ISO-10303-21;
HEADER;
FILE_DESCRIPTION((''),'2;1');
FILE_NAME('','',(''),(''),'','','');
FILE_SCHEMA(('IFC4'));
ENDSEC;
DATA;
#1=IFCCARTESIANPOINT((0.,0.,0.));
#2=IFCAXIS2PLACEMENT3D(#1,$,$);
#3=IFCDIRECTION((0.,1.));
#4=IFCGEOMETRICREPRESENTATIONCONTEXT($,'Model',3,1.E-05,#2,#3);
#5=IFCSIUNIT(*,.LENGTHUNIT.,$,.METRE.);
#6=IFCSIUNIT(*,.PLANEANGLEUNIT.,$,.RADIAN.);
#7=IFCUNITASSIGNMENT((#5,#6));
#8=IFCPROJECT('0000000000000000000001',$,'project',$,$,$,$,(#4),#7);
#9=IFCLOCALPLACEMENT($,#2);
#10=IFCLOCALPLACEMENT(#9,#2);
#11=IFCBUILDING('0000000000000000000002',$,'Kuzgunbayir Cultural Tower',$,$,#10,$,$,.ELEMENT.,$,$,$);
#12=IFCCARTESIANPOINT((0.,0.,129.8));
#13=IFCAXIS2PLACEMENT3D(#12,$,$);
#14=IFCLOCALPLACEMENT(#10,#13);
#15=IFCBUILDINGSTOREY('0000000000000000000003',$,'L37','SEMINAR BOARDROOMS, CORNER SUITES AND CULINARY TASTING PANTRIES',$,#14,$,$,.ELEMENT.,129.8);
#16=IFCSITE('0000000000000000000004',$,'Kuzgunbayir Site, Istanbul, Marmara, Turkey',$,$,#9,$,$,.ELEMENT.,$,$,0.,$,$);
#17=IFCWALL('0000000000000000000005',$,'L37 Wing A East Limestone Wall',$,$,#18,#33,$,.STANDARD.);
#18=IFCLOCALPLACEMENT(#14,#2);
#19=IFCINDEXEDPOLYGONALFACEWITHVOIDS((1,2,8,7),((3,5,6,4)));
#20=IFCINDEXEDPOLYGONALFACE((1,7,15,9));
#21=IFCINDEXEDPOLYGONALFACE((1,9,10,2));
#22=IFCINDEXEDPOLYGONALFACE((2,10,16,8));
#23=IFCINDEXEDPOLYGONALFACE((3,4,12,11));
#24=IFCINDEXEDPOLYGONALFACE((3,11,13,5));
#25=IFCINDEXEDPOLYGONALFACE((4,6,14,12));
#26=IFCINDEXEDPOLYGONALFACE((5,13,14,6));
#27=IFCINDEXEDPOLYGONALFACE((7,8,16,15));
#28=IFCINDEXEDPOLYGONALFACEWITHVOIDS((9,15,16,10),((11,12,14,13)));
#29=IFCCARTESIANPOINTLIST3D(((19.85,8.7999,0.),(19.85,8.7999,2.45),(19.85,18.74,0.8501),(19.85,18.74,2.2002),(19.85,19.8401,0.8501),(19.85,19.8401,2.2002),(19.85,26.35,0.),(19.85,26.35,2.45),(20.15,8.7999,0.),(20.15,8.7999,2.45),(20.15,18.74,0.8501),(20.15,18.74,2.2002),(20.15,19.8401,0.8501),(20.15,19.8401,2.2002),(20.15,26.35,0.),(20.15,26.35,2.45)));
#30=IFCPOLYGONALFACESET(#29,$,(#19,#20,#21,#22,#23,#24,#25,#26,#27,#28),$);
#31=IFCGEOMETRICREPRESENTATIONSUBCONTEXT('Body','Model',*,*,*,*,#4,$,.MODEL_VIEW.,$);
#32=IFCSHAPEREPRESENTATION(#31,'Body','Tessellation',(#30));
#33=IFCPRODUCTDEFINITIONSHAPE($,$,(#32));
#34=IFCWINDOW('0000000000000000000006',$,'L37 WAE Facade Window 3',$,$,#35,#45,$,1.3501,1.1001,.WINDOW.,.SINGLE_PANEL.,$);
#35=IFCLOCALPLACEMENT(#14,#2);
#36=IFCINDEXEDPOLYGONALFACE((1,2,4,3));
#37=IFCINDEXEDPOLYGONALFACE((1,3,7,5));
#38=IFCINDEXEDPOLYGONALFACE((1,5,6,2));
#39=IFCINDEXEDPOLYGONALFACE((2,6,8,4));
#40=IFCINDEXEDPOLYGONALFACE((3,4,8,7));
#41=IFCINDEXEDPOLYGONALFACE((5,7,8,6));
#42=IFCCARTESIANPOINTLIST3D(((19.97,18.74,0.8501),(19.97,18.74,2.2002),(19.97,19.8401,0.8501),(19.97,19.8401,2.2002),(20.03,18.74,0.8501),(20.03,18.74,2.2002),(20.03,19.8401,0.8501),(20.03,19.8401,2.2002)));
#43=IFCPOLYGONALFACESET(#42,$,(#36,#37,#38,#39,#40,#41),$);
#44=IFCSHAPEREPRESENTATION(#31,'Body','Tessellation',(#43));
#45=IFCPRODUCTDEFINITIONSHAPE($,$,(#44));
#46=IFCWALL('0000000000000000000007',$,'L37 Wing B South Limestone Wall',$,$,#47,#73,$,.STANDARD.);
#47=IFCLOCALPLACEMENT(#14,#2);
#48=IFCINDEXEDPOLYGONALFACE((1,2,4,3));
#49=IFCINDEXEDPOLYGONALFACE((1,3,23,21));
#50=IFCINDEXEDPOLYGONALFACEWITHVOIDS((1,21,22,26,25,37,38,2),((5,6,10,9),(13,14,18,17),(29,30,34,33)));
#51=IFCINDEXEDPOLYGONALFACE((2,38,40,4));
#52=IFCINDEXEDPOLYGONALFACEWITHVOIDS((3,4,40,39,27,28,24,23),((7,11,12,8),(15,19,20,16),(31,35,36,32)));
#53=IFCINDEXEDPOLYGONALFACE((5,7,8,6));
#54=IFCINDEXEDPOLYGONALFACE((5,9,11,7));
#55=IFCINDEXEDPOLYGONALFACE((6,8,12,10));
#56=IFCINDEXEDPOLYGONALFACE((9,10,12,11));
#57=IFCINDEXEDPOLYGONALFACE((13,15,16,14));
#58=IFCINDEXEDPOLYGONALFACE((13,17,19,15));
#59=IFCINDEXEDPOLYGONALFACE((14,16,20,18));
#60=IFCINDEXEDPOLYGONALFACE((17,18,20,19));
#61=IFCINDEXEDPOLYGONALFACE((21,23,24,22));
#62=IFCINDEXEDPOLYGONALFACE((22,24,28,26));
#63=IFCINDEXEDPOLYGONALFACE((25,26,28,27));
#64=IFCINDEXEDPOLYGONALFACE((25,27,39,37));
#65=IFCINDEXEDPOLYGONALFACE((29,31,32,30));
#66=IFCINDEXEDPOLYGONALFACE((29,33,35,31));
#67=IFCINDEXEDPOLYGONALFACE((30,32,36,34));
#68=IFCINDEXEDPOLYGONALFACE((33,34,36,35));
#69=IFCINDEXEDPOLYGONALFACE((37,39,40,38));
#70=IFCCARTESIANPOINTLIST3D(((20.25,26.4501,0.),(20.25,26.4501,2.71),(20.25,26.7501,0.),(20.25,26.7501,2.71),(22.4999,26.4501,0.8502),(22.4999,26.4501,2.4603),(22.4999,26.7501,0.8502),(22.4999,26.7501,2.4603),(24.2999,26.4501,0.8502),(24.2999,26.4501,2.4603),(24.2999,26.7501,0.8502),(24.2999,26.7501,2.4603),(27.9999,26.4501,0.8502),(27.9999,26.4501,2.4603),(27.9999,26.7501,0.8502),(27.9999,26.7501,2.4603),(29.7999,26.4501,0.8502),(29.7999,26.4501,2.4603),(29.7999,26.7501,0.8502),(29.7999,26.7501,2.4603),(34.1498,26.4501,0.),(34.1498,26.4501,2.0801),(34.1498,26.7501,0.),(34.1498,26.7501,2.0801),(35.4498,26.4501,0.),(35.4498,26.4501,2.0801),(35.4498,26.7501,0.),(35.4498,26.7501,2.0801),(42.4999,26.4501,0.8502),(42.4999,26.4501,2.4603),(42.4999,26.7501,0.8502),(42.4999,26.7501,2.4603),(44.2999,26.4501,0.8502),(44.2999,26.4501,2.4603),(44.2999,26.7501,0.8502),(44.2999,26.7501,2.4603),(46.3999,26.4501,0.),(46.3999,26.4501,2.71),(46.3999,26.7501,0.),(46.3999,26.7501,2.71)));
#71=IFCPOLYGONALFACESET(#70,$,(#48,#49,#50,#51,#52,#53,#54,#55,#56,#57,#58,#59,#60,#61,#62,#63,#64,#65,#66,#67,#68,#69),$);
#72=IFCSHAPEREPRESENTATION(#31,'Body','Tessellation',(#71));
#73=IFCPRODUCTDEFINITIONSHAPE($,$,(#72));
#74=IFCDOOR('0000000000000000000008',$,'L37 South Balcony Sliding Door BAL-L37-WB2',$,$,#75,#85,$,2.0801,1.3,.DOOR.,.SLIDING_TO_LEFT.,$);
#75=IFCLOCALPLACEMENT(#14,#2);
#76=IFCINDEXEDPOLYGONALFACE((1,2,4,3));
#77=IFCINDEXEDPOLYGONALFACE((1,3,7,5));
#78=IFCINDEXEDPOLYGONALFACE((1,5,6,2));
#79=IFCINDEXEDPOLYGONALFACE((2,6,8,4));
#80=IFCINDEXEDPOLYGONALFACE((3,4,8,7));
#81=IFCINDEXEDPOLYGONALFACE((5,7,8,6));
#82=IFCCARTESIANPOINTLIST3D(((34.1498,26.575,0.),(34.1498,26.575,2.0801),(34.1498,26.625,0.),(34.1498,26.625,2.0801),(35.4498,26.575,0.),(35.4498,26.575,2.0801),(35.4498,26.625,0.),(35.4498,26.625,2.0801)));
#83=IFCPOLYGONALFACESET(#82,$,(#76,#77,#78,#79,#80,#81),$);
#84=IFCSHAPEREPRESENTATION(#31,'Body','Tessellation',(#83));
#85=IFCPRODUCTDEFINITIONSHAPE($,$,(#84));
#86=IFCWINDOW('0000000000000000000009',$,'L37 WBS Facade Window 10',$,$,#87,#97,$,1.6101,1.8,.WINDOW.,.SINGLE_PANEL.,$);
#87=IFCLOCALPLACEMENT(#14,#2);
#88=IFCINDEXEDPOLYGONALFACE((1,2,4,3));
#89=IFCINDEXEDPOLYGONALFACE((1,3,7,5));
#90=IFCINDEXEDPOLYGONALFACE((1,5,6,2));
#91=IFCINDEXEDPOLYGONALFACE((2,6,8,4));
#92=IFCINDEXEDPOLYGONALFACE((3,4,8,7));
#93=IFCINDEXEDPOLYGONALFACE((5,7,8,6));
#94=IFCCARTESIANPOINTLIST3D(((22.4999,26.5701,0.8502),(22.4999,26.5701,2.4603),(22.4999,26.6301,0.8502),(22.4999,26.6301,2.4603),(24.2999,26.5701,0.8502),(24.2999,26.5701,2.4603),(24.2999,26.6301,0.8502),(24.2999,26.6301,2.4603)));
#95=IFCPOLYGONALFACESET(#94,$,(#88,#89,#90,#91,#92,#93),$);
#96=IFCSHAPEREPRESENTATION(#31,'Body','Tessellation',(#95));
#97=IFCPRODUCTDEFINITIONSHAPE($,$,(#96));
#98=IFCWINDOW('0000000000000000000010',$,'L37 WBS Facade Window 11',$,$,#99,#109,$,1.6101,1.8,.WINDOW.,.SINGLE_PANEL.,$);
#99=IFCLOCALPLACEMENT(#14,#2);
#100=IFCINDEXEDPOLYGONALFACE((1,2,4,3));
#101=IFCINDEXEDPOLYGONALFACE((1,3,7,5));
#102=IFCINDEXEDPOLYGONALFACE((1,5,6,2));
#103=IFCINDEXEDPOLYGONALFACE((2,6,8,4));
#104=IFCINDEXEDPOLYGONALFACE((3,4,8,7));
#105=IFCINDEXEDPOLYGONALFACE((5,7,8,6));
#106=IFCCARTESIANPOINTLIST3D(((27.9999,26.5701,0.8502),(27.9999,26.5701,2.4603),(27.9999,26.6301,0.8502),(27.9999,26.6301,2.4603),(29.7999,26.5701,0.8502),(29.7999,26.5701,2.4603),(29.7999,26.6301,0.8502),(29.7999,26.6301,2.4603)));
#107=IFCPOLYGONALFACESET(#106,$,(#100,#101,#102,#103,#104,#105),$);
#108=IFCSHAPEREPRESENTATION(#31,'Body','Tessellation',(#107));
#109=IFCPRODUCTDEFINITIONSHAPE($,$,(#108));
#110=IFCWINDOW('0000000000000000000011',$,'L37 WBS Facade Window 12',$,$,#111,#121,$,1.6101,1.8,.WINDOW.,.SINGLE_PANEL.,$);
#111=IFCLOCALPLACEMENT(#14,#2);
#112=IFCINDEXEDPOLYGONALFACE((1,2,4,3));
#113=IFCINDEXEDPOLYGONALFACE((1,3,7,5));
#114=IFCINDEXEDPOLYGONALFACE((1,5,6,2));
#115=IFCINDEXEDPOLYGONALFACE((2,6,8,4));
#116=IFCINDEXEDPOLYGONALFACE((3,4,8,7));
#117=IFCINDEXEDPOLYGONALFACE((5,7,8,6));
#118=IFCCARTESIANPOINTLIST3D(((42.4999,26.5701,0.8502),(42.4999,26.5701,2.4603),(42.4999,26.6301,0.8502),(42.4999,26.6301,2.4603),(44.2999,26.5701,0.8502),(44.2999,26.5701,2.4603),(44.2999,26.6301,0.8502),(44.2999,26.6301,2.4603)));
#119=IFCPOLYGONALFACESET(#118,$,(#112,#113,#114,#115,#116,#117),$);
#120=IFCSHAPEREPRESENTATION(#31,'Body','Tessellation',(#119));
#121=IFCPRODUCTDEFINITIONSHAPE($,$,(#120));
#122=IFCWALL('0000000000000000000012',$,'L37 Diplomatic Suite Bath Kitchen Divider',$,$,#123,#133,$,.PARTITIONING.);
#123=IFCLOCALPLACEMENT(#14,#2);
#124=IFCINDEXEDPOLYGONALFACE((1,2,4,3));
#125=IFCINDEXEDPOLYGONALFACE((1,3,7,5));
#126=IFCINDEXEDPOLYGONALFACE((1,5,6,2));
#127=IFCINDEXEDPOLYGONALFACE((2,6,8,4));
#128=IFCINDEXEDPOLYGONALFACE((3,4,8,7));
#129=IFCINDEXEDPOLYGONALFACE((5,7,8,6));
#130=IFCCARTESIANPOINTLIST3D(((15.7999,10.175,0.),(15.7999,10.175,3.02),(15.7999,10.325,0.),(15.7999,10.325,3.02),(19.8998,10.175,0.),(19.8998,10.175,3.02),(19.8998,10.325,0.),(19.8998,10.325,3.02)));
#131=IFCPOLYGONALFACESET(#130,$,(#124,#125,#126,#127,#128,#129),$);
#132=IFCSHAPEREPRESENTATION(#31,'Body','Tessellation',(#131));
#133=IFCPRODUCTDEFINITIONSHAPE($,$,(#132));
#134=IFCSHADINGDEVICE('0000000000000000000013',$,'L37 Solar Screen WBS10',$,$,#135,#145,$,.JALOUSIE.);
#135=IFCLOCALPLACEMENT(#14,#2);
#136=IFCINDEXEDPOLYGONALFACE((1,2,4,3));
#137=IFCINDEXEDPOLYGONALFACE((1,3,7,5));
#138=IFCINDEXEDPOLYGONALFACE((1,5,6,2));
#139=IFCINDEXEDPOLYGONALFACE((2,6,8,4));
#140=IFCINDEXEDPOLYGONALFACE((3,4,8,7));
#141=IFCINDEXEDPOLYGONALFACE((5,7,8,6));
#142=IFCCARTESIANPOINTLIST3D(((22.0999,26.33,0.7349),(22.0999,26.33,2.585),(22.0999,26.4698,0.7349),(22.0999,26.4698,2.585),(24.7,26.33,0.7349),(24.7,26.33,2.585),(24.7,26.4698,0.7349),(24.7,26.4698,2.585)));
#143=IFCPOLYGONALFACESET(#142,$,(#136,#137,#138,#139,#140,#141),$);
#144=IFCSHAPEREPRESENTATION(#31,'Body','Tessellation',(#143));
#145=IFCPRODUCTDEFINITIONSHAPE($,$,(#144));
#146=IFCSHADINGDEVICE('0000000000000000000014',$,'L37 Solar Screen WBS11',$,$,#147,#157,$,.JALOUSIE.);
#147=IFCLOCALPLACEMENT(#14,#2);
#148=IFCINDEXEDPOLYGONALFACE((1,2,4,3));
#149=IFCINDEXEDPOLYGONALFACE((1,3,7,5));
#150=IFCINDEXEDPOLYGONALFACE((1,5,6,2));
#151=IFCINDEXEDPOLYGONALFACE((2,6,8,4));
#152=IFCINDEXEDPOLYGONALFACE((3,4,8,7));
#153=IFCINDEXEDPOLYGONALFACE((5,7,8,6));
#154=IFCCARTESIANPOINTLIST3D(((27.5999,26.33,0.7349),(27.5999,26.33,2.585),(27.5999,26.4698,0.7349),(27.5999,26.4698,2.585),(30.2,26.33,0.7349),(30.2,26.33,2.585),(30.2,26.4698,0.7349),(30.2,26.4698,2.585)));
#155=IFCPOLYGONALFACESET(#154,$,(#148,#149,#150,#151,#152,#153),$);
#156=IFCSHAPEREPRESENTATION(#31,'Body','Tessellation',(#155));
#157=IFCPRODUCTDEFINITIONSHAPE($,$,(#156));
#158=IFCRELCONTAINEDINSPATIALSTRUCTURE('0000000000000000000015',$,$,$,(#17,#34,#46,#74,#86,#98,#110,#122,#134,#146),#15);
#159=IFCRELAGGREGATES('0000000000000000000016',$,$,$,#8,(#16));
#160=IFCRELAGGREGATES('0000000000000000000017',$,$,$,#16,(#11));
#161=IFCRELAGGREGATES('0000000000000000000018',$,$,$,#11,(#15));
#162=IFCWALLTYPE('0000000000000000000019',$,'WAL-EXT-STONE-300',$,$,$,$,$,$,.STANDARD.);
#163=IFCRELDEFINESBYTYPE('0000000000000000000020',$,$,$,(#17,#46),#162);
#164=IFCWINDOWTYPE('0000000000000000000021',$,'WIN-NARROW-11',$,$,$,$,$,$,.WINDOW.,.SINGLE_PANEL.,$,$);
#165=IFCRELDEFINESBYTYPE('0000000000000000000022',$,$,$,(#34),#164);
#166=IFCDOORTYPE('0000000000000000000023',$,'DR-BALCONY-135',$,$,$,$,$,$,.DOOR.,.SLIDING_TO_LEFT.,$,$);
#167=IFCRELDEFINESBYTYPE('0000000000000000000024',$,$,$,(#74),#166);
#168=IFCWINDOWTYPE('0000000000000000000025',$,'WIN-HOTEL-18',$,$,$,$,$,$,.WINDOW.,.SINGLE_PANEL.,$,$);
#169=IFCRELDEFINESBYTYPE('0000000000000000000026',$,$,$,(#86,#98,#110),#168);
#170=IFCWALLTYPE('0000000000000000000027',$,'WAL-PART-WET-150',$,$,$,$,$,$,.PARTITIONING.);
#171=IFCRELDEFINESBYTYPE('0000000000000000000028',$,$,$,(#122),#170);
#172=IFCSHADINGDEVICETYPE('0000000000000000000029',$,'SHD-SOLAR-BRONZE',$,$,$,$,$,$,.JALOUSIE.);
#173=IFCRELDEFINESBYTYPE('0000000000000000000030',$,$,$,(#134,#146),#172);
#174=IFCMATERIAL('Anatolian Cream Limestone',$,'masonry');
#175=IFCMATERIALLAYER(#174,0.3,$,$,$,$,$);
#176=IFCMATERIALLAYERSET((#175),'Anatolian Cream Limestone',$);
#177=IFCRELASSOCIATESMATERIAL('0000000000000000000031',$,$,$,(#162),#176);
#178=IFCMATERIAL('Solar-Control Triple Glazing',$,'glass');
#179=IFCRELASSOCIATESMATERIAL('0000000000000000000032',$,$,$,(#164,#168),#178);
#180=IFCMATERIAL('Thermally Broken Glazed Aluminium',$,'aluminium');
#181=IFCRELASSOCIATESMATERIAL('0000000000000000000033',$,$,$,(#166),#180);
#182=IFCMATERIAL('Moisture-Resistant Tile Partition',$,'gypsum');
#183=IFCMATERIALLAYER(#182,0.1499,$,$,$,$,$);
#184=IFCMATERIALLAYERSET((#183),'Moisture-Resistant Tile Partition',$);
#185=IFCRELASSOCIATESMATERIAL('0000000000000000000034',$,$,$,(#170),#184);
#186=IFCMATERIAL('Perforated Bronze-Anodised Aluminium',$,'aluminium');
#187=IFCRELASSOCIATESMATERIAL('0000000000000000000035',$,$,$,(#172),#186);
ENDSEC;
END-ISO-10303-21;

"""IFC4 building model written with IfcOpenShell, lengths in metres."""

from ifc_helpers import new_model, si_unit, direction, frame, frame_2d, origin, origin_2d, place, context, subcontext, project, spatial, rectangle, extrude, material, layer, layer_set, type_object, element, fill, save


model = new_model("IFC4")

# Units and contexts
model_context = context("Model", 3, precision=1e-05, world=origin(), true_north=direction((0.0, 1.0)))
body_context = subcontext(model_context, "Body", "Model", "MODEL_VIEW")
ifc_project = project(units=[si_unit("LENGTHUNIT", "METRE"), si_unit("PLANEANGLEUNIT", "RADIAN")], contexts=[model_context])

# Site, building, storey
site_placement = place(None, origin())
site = spatial("IfcSite", under=ifc_project, at=site_placement, Name="Kuzgunbayir Site, Istanbul, Marmara, Turkey", CompositionType="ELEMENT", RefElevation=0.0)
building_placement = place(site_placement, origin())
building = spatial("IfcBuilding", under=site, at=building_placement, Name="Kuzgunbayir Cultural Tower", CompositionType="ELEMENT")
storey_placement = place(building_placement, frame((0.0, 0.0, 129.8)))
storey = spatial("IfcBuildingStorey", under=building, at=storey_placement, Name="L37", Description="SEMINAR BOARDROOMS, CORNER SUITES AND CULINARY TASTING PANTRIES", CompositionType="ELEMENT", Elevation=129.8)

# Wall, opening, window
ifc_material_1 = material(Name="Anatolian Cream Limestone", Category="masonry")
ifc_layer_1 = layer(ifc_material_1, 0.3)
ifc_layer_set_1 = layer_set([ifc_layer_1], Name="Anatolian Cream Limestone")
wall_type_1 = type_object("IfcWallType", Name="WAL-EXT-STONE-300", PredefinedType="STANDARD", material=ifc_layer_set_1)
wall_1_placement = place(storey_placement, frame((20.0, 8.8, 0.0), z_axis=(0.0, 0.0, 1.0), x_axis=(0.0, 1.0, 0.0)))
wall_1 = element("IfcWall", 1, at=wall_1_placement, inside=storey, type_object=wall_type_1, Name="L37 Wing A East Limestone Wall", PredefinedType="STANDARD", context=body_context, shape_type="SweptSolid", body=[
    extrude(rectangle(XDim=17.55, YDim=0.3, at=frame_2d((8.7749, 0.0))), origin(), (0.0, 0.0, 1.0), 2.45),
])
opening_1_placement = place(wall_1_placement, frame((9.9399, 0.0, 0.8501)))
opening_1 = element("IfcOpeningElement", 2, at=opening_1_placement, cuts=wall_1, PredefinedType="OPENING", context=body_context, shape_type="SweptSolid", body=[
    extrude(rectangle(XDim=1.1001, YDim=1.3501, at=frame_2d((0.55, 0.675))), frame((0.0, 0.1602, 0.0), z_axis=(0.0, -1.0, 0.0), x_axis=(1.0, 0.0, 0.0)), (0.0, 0.0, 1.0), 0.3201),
])
ifc_material_2 = material(Name="Solar-Control Triple Glazing", Category="glass")
window_type_1 = type_object("IfcWindowType", Name="WIN-NARROW-11", PartitioningType="SINGLE_PANEL", PredefinedType="WINDOW", material=ifc_material_2)
window_1_placement = place(opening_1_placement, origin())
window_1 = element("IfcWindow", 3, at=window_1_placement, inside=storey, type_object=window_type_1, Name="L37 WAE Facade Window 3", OverallHeight=1.3501, OverallWidth=1.1001, PartitioningType="SINGLE_PANEL", PredefinedType="WINDOW", context=body_context, shape_type="SweptSolid", body=[
    extrude(rectangle(XDim=1.1001, YDim=1.3501, at=frame_2d((0.55, 0.675))), frame((0.0, 0.03, 0.0), z_axis=(0.0, -1.0, 0.0), x_axis=(1.0, 0.0, 0.0)), (0.0, 0.0, 1.0), 0.0601),
])
fill(opening_1, window_1)

# Wall, openings, door, windows
wall_2_placement = place(storey_placement, frame((20.25, 26.6001, 0.0), z_axis=(0.0, 0.0, 1.0), x_axis=(1.0, 0.0, 0.0)))
wall_2 = element("IfcWall", 4, at=wall_2_placement, inside=storey, type_object=wall_type_1, Name="L37 Wing B South Limestone Wall", PredefinedType="STANDARD", context=body_context, shape_type="SweptSolid", body=[
    extrude(rectangle(XDim=26.1499, YDim=0.3, at=frame_2d((13.075, 0.0))), origin(), (0.0, 0.0, 1.0), 2.71),
])
opening_2_placement = place(wall_2_placement, frame((13.8999, 0.0, 0.0)))
opening_2 = element("IfcOpeningElement", 5, at=opening_2_placement, cuts=wall_2, PredefinedType="OPENING", context=body_context, shape_type="SweptSolid", body=[
    extrude(rectangle(XDim=1.3, YDim=2.0801, at=frame_2d((0.6499, 1.04))), frame((0.0, 0.1602, 0.0), z_axis=(0.0, -1.0, 0.0), x_axis=(1.0, 0.0, 0.0)), (0.0, 0.0, 1.0), 0.3201),
])
opening_3_placement = place(wall_2_placement, frame((2.25, 0.0, 0.8501)))
opening_3 = element("IfcOpeningElement", 6, at=opening_3_placement, cuts=wall_2, PredefinedType="OPENING", context=body_context, shape_type="SweptSolid", body=[
    extrude(rectangle(XDim=1.8, YDim=1.6101, at=frame_2d((0.8999, 0.8052))), frame((0.0, 0.1602, 0.0), z_axis=(0.0, -1.0, 0.0), x_axis=(1.0, 0.0, 0.0)), (0.0, 0.0, 1.0), 0.3201),
])
opening_4_placement = place(wall_2_placement, frame((7.75, 0.0, 0.8501)))
opening_4 = element("IfcOpeningElement", 7, at=opening_4_placement, cuts=wall_2, PredefinedType="OPENING", context=body_context, shape_type="SweptSolid", body=[
    extrude(rectangle(XDim=1.8, YDim=1.6101, at=frame_2d((0.8999, 0.8052))), frame((0.0, 0.1602, 0.0), z_axis=(0.0, -1.0, 0.0), x_axis=(1.0, 0.0, 0.0)), (0.0, 0.0, 1.0), 0.3201),
])
opening_5_placement = place(wall_2_placement, frame((22.25, 0.0, 0.8501)))
opening_5 = element("IfcOpeningElement", 8, at=opening_5_placement, cuts=wall_2, PredefinedType="OPENING", context=body_context, shape_type="SweptSolid", body=[
    extrude(rectangle(XDim=1.8, YDim=1.6101, at=frame_2d((0.8999, 0.8052))), frame((0.0, 0.1602, 0.0), z_axis=(0.0, -1.0, 0.0), x_axis=(1.0, 0.0, 0.0)), (0.0, 0.0, 1.0), 0.3201),
])
ifc_material_3 = material(Name="Thermally Broken Glazed Aluminium", Category="aluminium")
door_type = type_object("IfcDoorType", Name="DR-BALCONY-135", OperationType="SLIDING_TO_LEFT", PredefinedType="DOOR", material=ifc_material_3)
door_placement = place(opening_2_placement, origin())
door = element("IfcDoor", 9, at=door_placement, inside=storey, type_object=door_type, Name="L37 South Balcony Sliding Door BAL-L37-WB2", OperationType="SLIDING_TO_LEFT", OverallHeight=2.0801, OverallWidth=1.3, PredefinedType="DOOR", context=body_context, shape_type="SweptSolid", body=[
    extrude(rectangle(XDim=1.3, YDim=2.0801, at=frame_2d((0.6499, 1.04))), frame((0.0, 0.0249, 0.0), z_axis=(0.0, -1.0, 0.0), x_axis=(1.0, 0.0, 0.0)), (0.0, 0.0, 1.0), 0.05),
])
fill(opening_2, door)
window_type_2 = type_object("IfcWindowType", Name="WIN-HOTEL-18", PartitioningType="SINGLE_PANEL", PredefinedType="WINDOW", material=ifc_material_2)
window_2_placement = place(opening_3_placement, origin())
window_2 = element("IfcWindow", 10, at=window_2_placement, inside=storey, type_object=window_type_2, Name="L37 WBS Facade Window 10", OverallHeight=1.6101, OverallWidth=1.8, PartitioningType="SINGLE_PANEL", PredefinedType="WINDOW", context=body_context, shape_type="SweptSolid", body=[
    extrude(rectangle(XDim=1.8, YDim=1.6101, at=frame_2d((0.8999, 0.8052))), frame((0.0, 0.03, 0.0), z_axis=(0.0, -1.0, 0.0), x_axis=(1.0, 0.0, 0.0)), (0.0, 0.0, 1.0), 0.0601),
])
fill(opening_3, window_2)
window_3_placement = place(opening_4_placement, origin())
window_3 = element("IfcWindow", 11, at=window_3_placement, inside=storey, type_object=window_type_2, Name="L37 WBS Facade Window 11", OverallHeight=1.6101, OverallWidth=1.8, PartitioningType="SINGLE_PANEL", PredefinedType="WINDOW", context=body_context, shape_type="SweptSolid", body=[
    extrude(rectangle(XDim=1.8, YDim=1.6101, at=frame_2d((0.8999, 0.8052))), frame((0.0, 0.03, 0.0), z_axis=(0.0, -1.0, 0.0), x_axis=(1.0, 0.0, 0.0)), (0.0, 0.0, 1.0), 0.0601),
])
fill(opening_4, window_3)
window_4_placement = place(opening_5_placement, origin())
window_4 = element("IfcWindow", 12, at=window_4_placement, inside=storey, type_object=window_type_2, Name="L37 WBS Facade Window 12", OverallHeight=1.6101, OverallWidth=1.8, PartitioningType="SINGLE_PANEL", PredefinedType="WINDOW", context=body_context, shape_type="SweptSolid", body=[
    extrude(rectangle(XDim=1.8, YDim=1.6101, at=frame_2d((0.8999, 0.8052))), frame((0.0, 0.03, 0.0), z_axis=(0.0, -1.0, 0.0), x_axis=(1.0, 0.0, 0.0)), (0.0, 0.0, 1.0), 0.0601),
])
fill(opening_5, window_4)

# Wall
ifc_material_4 = material(Name="Moisture-Resistant Tile Partition", Category="gypsum")
ifc_layer_2 = layer(ifc_material_4, 0.1499)
ifc_layer_set_2 = layer_set([ifc_layer_2], Name="Moisture-Resistant Tile Partition")
wall_type_2 = type_object("IfcWallType", Name="WAL-PART-WET-150", PredefinedType="PARTITIONING", material=ifc_layer_set_2)
wall_3_placement = place(storey_placement, frame((15.8, 10.25, 0.0), z_axis=(0.0, 0.0, 1.0), x_axis=(1.0, 0.0, 0.0)))
element("IfcWall", 13, at=wall_3_placement, inside=storey, type_object=wall_type_2, Name="L37 Diplomatic Suite Bath Kitchen Divider", PredefinedType="PARTITIONING", context=body_context, shape_type="SweptSolid", body=[
    extrude(rectangle(XDim=4.0999, YDim=0.1499, at=frame_2d((2.0498, 0.0))), origin(), (0.0, 0.0, 1.0), 3.02),
])

# Shading devices
ifc_material_5 = material(Name="Perforated Bronze-Anodised Aluminium", Category="aluminium")
shading_device_type = type_object("IfcShadingDeviceType", Name="SHD-SOLAR-BRONZE", PredefinedType="JALOUSIE", material=ifc_material_5)
for number, where, z_axis, x_axis, name in (
    (14, (23.3999, 26.3999, 0.7349), (0.0, 0.0, 1.0), (1.0, 0.0, 0.0), "L37 Solar Screen WBS10"),
    (15, (28.8999, 26.3999, 0.7349), (0.0, 0.0, 1.0), (1.0, 0.0, 0.0), "L37 Solar Screen WBS11"),
):
    element("IfcShadingDevice", number, at=place(storey_placement, frame(where, z_axis=z_axis, x_axis=x_axis)), inside=storey, type_object=shading_device_type, Name=name, PredefinedType="JALOUSIE", context=body_context, shape_type="SweptSolid", body=[
        extrude(rectangle(XDim=2.6001, YDim=0.1399, at=origin_2d()), origin(), (0.0, 0.0, 1.0), 1.8501),
    ])

save(model, "model.ifc")
